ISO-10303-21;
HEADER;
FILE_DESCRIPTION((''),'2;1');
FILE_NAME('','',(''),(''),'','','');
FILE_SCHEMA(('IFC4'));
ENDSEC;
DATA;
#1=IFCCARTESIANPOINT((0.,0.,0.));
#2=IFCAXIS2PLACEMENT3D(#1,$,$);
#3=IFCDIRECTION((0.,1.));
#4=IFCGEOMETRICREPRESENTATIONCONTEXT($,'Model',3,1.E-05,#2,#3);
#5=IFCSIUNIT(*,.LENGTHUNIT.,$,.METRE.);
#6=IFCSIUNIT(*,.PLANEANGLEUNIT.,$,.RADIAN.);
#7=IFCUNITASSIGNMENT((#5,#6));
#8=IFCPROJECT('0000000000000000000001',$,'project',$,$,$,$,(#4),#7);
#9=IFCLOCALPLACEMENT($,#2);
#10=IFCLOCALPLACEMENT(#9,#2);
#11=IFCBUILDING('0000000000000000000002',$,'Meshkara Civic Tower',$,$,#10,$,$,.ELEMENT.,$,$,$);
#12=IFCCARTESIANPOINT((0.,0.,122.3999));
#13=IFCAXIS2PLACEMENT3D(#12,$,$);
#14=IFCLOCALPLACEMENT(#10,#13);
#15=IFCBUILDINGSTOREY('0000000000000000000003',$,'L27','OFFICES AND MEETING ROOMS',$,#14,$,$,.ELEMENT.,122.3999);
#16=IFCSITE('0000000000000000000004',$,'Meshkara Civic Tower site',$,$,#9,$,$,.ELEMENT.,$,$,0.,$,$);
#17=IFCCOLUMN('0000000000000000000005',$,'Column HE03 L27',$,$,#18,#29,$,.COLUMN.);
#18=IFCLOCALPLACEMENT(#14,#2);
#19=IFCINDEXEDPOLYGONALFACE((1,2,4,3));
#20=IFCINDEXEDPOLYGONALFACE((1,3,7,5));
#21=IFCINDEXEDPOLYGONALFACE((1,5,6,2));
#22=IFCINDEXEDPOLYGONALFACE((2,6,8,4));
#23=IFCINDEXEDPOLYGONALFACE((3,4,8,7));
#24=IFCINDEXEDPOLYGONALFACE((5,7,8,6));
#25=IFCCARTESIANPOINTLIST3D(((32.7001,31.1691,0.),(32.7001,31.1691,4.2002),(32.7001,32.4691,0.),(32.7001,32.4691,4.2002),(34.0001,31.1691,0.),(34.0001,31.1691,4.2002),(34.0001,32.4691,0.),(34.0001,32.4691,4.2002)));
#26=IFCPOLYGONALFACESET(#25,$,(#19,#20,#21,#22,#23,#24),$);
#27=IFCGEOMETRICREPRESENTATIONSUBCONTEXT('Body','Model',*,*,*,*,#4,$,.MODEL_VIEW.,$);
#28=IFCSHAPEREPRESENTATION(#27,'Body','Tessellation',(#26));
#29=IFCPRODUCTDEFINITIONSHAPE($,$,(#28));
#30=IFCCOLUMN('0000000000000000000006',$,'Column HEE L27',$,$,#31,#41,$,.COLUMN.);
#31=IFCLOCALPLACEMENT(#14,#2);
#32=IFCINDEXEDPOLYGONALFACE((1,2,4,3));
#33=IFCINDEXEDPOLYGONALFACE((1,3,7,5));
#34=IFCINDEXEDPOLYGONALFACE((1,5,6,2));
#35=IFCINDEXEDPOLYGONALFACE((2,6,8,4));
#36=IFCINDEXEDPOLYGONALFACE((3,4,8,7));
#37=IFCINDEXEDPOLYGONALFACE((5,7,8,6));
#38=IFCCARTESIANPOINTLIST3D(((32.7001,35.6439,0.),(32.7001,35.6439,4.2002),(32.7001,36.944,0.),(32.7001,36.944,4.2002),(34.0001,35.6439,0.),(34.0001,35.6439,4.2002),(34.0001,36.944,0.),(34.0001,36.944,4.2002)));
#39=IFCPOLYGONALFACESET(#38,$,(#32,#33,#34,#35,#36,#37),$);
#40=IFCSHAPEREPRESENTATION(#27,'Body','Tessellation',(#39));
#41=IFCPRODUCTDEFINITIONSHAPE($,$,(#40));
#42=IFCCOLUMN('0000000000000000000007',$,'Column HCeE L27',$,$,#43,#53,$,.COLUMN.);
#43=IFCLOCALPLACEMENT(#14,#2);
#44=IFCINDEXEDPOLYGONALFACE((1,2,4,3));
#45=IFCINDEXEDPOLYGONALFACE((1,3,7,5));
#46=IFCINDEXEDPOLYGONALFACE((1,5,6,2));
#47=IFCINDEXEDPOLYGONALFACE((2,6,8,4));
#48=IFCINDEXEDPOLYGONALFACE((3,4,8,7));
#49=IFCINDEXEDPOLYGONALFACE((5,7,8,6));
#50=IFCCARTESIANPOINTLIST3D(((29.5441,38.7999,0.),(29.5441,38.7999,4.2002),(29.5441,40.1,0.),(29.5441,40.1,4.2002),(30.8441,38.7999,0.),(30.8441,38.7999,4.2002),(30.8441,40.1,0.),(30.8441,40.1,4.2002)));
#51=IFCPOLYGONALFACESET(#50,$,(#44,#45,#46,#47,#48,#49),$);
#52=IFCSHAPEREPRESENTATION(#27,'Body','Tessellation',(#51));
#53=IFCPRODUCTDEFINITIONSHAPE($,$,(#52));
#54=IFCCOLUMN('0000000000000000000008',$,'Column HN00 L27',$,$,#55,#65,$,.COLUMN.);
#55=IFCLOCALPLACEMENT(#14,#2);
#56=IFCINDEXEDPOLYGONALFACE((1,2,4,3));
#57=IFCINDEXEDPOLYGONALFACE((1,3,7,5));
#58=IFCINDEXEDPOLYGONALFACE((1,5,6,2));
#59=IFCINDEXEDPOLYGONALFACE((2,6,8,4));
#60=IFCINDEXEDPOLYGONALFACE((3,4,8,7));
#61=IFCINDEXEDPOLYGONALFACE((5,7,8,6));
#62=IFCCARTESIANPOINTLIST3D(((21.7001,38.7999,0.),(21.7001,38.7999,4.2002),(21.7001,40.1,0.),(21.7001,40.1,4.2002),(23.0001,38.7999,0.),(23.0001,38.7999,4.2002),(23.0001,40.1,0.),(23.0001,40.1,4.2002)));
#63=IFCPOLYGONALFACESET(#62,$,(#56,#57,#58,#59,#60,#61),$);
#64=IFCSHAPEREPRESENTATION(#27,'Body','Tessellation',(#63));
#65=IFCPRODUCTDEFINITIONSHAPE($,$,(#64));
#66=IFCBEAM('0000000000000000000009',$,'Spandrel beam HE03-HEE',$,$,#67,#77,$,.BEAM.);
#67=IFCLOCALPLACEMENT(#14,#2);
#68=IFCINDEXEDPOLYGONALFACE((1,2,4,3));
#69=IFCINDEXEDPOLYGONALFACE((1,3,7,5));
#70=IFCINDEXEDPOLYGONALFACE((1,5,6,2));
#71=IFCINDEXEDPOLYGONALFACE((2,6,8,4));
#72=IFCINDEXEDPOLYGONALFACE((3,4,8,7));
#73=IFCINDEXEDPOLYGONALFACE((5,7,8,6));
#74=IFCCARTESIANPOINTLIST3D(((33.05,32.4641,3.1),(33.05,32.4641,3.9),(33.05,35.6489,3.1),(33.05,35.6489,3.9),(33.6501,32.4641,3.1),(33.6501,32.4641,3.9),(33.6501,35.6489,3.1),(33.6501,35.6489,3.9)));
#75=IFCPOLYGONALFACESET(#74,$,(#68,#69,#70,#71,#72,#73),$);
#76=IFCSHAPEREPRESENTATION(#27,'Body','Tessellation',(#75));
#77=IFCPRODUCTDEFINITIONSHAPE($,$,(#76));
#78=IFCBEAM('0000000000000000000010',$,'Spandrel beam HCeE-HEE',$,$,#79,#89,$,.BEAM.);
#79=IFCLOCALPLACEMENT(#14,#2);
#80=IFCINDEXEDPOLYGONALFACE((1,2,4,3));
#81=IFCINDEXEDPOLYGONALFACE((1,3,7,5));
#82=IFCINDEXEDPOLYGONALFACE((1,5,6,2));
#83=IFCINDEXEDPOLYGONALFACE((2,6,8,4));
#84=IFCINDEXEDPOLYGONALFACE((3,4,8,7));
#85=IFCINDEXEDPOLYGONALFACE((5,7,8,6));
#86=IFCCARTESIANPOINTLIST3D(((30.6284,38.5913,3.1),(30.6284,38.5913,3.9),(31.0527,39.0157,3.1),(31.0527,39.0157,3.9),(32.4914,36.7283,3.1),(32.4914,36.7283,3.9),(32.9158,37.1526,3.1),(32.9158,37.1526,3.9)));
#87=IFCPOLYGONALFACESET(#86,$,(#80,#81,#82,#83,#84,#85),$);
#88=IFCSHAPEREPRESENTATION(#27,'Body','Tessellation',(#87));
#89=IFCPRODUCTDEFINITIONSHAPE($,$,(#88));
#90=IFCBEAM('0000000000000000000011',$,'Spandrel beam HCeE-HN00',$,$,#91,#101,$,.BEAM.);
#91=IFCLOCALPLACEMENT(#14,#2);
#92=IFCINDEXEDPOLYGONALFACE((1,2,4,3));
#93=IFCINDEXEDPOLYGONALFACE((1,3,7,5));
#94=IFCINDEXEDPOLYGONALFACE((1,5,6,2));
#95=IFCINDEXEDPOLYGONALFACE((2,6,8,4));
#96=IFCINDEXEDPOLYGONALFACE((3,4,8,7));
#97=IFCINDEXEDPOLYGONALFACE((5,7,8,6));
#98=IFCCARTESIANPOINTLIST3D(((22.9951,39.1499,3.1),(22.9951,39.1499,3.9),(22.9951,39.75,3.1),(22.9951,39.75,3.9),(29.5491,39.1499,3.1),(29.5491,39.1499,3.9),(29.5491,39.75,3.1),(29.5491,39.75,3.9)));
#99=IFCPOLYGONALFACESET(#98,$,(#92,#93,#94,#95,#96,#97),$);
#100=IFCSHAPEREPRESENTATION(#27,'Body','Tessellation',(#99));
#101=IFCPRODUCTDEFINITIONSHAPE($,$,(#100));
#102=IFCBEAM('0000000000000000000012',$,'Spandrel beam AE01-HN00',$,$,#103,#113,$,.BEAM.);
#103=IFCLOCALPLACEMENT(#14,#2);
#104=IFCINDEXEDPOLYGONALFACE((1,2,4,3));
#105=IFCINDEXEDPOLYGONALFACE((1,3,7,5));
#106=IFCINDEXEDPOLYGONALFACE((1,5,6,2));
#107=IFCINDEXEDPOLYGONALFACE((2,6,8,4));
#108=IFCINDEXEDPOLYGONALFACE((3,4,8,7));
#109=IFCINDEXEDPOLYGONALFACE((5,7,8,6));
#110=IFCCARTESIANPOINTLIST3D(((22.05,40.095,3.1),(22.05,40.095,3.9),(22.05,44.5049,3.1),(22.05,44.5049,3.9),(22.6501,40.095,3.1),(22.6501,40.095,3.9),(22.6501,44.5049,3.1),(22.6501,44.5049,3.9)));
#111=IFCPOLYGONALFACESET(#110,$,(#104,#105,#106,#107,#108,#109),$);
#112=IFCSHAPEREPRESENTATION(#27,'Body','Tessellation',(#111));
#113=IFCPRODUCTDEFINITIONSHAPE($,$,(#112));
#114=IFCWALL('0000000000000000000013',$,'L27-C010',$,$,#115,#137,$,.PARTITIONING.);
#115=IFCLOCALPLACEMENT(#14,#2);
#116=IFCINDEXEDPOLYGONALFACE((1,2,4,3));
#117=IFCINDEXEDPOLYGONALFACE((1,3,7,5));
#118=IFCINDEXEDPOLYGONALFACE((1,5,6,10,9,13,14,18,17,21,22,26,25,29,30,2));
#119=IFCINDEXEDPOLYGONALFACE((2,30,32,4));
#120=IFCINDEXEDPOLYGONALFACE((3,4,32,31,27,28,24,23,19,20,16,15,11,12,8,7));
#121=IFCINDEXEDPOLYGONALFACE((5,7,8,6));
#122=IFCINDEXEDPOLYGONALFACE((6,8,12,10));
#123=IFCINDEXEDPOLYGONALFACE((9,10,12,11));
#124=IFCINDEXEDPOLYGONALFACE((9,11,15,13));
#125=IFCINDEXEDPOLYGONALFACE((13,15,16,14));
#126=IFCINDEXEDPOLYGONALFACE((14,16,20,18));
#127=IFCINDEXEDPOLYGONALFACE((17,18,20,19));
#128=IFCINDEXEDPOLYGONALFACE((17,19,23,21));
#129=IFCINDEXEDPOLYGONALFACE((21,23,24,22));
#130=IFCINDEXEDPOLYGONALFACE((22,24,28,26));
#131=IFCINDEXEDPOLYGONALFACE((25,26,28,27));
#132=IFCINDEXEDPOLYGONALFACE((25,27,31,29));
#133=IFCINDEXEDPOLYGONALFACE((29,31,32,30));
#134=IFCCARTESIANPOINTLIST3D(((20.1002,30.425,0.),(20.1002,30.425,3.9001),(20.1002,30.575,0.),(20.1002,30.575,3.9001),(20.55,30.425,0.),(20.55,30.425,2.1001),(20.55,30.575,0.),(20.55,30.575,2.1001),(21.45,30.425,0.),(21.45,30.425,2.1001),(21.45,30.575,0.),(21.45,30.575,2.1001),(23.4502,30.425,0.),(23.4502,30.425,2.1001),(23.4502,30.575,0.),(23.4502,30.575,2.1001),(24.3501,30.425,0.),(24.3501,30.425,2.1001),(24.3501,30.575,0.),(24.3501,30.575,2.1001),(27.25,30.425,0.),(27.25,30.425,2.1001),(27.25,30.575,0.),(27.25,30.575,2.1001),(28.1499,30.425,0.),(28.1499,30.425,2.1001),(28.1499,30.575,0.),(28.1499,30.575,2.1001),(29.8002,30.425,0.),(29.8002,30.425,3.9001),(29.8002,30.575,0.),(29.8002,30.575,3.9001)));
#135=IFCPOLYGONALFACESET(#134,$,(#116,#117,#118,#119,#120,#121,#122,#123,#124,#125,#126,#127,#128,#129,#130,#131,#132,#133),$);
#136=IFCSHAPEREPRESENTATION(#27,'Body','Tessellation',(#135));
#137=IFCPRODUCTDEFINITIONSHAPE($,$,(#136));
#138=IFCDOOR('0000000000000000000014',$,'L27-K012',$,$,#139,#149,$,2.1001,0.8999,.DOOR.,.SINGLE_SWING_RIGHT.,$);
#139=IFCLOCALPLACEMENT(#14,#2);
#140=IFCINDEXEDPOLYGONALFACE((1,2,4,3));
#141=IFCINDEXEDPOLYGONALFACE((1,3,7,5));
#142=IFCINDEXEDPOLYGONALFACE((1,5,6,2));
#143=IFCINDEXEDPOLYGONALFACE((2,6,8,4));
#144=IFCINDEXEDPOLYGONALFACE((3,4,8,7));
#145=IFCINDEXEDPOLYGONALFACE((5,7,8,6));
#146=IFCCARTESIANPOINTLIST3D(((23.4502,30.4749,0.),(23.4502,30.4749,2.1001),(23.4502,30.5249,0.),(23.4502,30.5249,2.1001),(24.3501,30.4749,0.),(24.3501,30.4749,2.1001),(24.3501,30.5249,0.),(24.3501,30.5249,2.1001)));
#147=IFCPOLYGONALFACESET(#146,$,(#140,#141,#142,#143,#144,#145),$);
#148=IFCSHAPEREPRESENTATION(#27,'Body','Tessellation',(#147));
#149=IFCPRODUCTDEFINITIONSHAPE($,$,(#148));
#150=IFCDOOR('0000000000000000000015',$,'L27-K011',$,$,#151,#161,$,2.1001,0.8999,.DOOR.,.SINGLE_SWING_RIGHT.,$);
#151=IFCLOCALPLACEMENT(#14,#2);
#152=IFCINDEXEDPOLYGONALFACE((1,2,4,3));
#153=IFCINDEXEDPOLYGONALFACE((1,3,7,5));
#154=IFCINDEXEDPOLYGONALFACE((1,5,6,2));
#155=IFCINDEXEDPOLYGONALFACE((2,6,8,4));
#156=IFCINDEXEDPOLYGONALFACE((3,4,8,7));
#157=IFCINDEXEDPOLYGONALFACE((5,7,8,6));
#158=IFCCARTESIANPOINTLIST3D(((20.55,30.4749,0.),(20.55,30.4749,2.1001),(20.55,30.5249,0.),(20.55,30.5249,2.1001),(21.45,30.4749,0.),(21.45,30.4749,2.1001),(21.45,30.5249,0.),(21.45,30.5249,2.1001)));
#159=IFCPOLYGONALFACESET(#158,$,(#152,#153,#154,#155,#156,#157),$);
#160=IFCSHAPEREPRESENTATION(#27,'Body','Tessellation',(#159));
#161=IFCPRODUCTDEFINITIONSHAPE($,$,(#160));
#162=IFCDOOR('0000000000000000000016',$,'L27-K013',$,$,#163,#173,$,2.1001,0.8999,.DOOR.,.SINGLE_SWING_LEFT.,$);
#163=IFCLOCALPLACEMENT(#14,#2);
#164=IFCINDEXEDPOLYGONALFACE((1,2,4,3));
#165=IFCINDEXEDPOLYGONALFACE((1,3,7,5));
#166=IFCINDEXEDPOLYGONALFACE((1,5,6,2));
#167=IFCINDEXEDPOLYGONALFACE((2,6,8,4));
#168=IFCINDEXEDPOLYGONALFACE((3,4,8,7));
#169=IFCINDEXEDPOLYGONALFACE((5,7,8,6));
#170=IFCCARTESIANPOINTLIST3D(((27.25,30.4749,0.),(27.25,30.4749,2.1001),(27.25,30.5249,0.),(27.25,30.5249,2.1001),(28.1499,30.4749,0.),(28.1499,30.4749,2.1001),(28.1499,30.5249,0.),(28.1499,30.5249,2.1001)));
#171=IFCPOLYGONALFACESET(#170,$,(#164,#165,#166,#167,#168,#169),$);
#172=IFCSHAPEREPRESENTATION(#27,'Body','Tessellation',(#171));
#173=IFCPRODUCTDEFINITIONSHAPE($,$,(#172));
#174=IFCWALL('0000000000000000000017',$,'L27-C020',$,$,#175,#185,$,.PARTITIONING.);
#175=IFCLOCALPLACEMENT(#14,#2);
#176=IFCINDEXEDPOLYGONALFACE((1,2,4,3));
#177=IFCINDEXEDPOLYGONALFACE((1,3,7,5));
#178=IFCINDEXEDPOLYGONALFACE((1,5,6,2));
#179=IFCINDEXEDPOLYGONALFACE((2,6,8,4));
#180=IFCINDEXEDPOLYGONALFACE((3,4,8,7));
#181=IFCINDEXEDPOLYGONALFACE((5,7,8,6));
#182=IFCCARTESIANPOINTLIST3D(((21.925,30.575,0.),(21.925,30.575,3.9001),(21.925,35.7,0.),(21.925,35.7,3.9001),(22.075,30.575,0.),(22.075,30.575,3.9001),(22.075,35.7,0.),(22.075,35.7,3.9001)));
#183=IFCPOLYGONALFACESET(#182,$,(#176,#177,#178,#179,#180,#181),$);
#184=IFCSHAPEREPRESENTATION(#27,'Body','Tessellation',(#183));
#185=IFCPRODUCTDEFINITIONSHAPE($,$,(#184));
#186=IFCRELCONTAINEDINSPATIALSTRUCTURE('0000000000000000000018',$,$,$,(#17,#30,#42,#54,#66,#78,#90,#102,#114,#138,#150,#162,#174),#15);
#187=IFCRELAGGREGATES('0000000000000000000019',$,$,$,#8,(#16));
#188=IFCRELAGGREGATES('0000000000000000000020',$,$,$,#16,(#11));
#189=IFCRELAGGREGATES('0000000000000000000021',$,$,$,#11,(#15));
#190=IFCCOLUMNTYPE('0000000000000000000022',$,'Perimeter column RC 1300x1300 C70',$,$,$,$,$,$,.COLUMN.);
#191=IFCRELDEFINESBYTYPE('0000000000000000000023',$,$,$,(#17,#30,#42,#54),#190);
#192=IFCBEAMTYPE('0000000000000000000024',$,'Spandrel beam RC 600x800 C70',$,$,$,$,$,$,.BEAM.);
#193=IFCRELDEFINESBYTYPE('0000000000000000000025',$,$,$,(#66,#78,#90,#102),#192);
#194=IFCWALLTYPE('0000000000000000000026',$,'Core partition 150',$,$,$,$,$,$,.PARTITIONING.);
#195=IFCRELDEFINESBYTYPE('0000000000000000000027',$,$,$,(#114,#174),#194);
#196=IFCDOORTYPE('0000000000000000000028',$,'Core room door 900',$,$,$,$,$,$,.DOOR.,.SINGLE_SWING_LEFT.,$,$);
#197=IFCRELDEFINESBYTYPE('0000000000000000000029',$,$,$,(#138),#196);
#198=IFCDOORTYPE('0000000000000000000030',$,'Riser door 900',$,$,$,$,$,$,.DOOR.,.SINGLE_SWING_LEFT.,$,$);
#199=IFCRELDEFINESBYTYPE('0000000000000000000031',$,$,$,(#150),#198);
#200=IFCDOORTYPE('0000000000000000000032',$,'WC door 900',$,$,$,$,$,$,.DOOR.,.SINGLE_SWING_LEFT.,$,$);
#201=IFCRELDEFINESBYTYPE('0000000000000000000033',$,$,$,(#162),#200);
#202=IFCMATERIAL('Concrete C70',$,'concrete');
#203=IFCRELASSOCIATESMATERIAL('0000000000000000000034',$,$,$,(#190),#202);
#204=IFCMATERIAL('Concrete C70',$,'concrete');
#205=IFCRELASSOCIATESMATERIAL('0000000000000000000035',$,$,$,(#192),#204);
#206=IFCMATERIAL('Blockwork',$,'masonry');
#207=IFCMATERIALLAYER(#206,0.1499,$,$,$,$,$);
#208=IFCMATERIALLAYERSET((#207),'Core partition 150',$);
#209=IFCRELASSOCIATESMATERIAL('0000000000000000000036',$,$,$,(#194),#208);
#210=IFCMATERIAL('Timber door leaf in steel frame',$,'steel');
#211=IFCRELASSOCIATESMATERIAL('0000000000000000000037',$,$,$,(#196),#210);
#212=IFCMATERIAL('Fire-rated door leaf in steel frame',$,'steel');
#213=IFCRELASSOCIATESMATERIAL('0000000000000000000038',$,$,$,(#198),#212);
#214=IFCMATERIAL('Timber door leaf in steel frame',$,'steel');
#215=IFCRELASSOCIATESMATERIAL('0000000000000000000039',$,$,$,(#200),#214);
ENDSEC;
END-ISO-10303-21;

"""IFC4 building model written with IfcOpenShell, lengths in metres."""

from ifc_helpers import new_model, si_unit, direction, frame, frame_2d, origin, origin_2d, place, context, subcontext, project, spatial, rectangle, extrude, material, layer, layer_set, material_profile, profile_set, type_object, element, fill, save


model = new_model("IFC4")

# Units and contexts
model_context = context("Model", 3, precision=1e-05, world=origin(), true_north=direction((0.0, 1.0)))
body_context = subcontext(model_context, "Body", "Model", "MODEL_VIEW")
ifc_project = project(units=[si_unit("LENGTHUNIT", "METRE"), si_unit("PLANEANGLEUNIT", "RADIAN")], contexts=[model_context])

# Site, building, storey
site_placement = place(None, origin())
site = spatial("IfcSite", under=ifc_project, at=site_placement, Name="Meshkara Civic Tower site", CompositionType="ELEMENT", RefElevation=0.0)
building_placement = place(site_placement, origin())
building = spatial("IfcBuilding", under=site, at=building_placement, Name="Meshkara Civic Tower", CompositionType="ELEMENT")
storey_placement = place(building_placement, frame((0.0, 0.0, 122.3999)))
storey = spatial("IfcBuildingStorey", under=building, at=storey_placement, Name="L27", Description="OFFICES AND MEETING ROOMS", CompositionType="ELEMENT", Elevation=122.3999)

# Columns
ifc_material_1 = material(Name="Concrete C70", Category="concrete")
ifc_material_profile_1 = material_profile(ifc_material_1, rectangle(XDim=1.3, YDim=1.3, at=origin_2d()))
ifc_profile_set_1 = profile_set([ifc_material_profile_1], Name="Concrete C70")
column_type = type_object("IfcColumnType", Name="Perimeter column RC 1300x1300 C70", PredefinedType="COLUMN", material=ifc_profile_set_1)
for number, where, z_axis, x_axis, name in (
    (1, (33.3501, 31.8191, 0.0), (0.0, 0.0, 1.0), (1.0, 0.0, 0.0), "Column HE03 L27"),
    (2, (33.3501, 36.2939, 0.0), (0.0, 0.0, 1.0), (1.0, 0.0, 0.0), "Column HEE L27"),
    (3, (30.1941, 39.45, 0.0), (0.0, 0.0, 1.0), (1.0, 0.0, 0.0), "Column HCeE L27"),
    (4, (22.3501, 39.45, 0.0), (0.0, 0.0, 1.0), (1.0, 0.0, 0.0), "Column HN00 L27"),
):
    element("IfcColumn", number, at=place(storey_placement, frame(where, z_axis=z_axis, x_axis=x_axis)), inside=storey, type_object=column_type, Name=name, PredefinedType="COLUMN", context=body_context, shape_type="SweptSolid", body=[
        extrude(rectangle(XDim=1.3, YDim=1.3, at=origin_2d()), origin(), (0.0, 0.0, 1.0), 4.2002),
    ])

# Beams
ifc_material_2 = material(Name="Concrete C70", Category="concrete")
ifc_material_profile_2 = material_profile(ifc_material_2, rectangle(XDim=0.6001, YDim=0.8, at=origin_2d()))
ifc_profile_set_2 = profile_set([ifc_material_profile_2], Name="Concrete C70")
beam_type = type_object("IfcBeamType", Name="Spandrel beam RC 600x800 C70", PredefinedType="BEAM", material=ifc_profile_set_2)
beam_1_placement = place(storey_placement, frame((33.3501, 32.4641, 3.5), z_axis=(0.0, 1.0, 0.0), x_axis=(-1.0, 0.0, 0.0)))
element("IfcBeam", 5, at=beam_1_placement, inside=storey, type_object=beam_type, Name="Spandrel beam HE03-HEE", PredefinedType="BEAM", context=body_context, shape_type="SweptSolid", body=[
    extrude(rectangle(XDim=0.6001, YDim=0.8, at=origin_2d()), origin(), (0.0, 0.0, 1.0), 3.1848),
])
beam_2_placement = place(storey_placement, frame((32.7036, 36.9404, 3.5), z_axis=(-0.707107, 0.707107, 0.0), x_axis=(-0.707107, -0.707107, 0.0)))
element("IfcBeam", 6, at=beam_2_placement, inside=storey, type_object=beam_type, Name="Spandrel beam HCeE-HEE", PredefinedType="BEAM", context=body_context, shape_type="SweptSolid", body=[
    extrude(rectangle(XDim=0.6001, YDim=0.8, at=origin_2d()), origin(), (0.0, 0.0, 1.0), 2.6348),
])
beam_3_placement = place(storey_placement, frame((29.5491, 39.45, 3.5), z_axis=(-1.0, 0.0, 0.0), x_axis=(0.0, -1.0, 0.0)))
element("IfcBeam", 7, at=beam_3_placement, inside=storey, type_object=beam_type, Name="Spandrel beam HCeE-HN00", PredefinedType="BEAM", context=body_context, shape_type="SweptSolid", body=[
    extrude(rectangle(XDim=0.6001, YDim=0.8, at=origin_2d()), origin(), (0.0, 0.0, 1.0), 6.554),
])
beam_4_placement = place(storey_placement, frame((22.3501, 40.095, 3.5), z_axis=(0.0, 1.0, 0.0), x_axis=(-1.0, 0.0, 0.0)))
element("IfcBeam", 8, at=beam_4_placement, inside=storey, type_object=beam_type, Name="Spandrel beam AE01-HN00", PredefinedType="BEAM", context=body_context, shape_type="SweptSolid", body=[
    extrude(rectangle(XDim=0.6001, YDim=0.8, at=origin_2d()), origin(), (0.0, 0.0, 1.0), 4.4099),
])

# Wall, openings, doors
ifc_material_3 = material(Name="Blockwork", Category="masonry")
ifc_layer_1 = layer(ifc_material_3, 0.1499)
ifc_layer_set_1 = layer_set([ifc_layer_1], Name="Core partition 150")
wall_type_1 = type_object("IfcWallType", Name="Core partition 150", PredefinedType="PARTITIONING", material=ifc_layer_set_1)
wall_1_placement = place(storey_placement, frame((20.1001, 30.5, 0.0), z_axis=(0.0, 0.0, 1.0), x_axis=(1.0, 0.0, 0.0)))
wall_1 = element("IfcWall", 9, at=wall_1_placement, inside=storey, type_object=wall_type_1, Name="L27-C010", PredefinedType="PARTITIONING", context=body_context, shape_type="SweptSolid", body=[
    extrude(rectangle(XDim=9.7, YDim=0.1499, at=frame_2d((4.8501, 0.0))), origin(), (0.0, 0.0, 1.0), 3.9001),
])
opening_1_placement = place(wall_1_placement, frame((0.45, 0.0, 0.0)))
opening_1 = element("IfcOpeningElement", 10, at=opening_1_placement, cuts=wall_1, PredefinedType="OPENING", context=body_context, shape_type="SweptSolid", body=[
    extrude(rectangle(XDim=0.8999, YDim=2.1001, at=frame_2d((0.45, 1.05))), frame((0.0, 0.085, 0.0), z_axis=(0.0, -1.0, 0.0), x_axis=(1.0, 0.0, 0.0)), (0.0, 0.0, 1.0), 0.1699),
])
opening_2_placement = place(wall_1_placement, frame((3.3501, 0.0, 0.0)))
opening_2 = element("IfcOpeningElement", 11, at=opening_2_placement, cuts=wall_1, PredefinedType="OPENING", context=body_context, shape_type="SweptSolid", body=[
    extrude(rectangle(XDim=0.8999, YDim=2.1001, at=frame_2d((0.45, 1.05))), frame((0.0, 0.085, 0.0), z_axis=(0.0, -1.0, 0.0), x_axis=(1.0, 0.0, 0.0)), (0.0, 0.0, 1.0), 0.1699),
])
opening_3_placement = place(wall_1_placement, frame((7.1499, 0.0, 0.0)))
opening_3 = element("IfcOpeningElement", 12, at=opening_3_placement, cuts=wall_1, PredefinedType="OPENING", context=body_context, shape_type="SweptSolid", body=[
    extrude(rectangle(XDim=0.8999, YDim=2.1001, at=frame_2d((0.45, 1.05))), frame((0.0, 0.085, 0.0), z_axis=(0.0, -1.0, 0.0), x_axis=(1.0, 0.0, 0.0)), (0.0, 0.0, 1.0), 0.1699),
])
ifc_material_4 = material(Name="Timber door leaf in steel frame", Category="steel")
door_type_1 = type_object("IfcDoorType", Name="Core room door 900", OperationType="SINGLE_SWING_LEFT", PredefinedType="DOOR", material=ifc_material_4)
door_1_placement = place(opening_2_placement, origin())
door_1 = element("IfcDoor", 13, at=door_1_placement, inside=storey, type_object=door_type_1, Name="L27-K012", OperationType="SINGLE_SWING_RIGHT", OverallHeight=2.1001, OverallWidth=0.8999, PredefinedType="DOOR", context=body_context, shape_type="SweptSolid", body=[
    extrude(rectangle(XDim=0.8999, YDim=2.1001, at=frame_2d((0.45, 1.05))), frame((0.0, 0.0249, 0.0), z_axis=(0.0, -1.0, 0.0), x_axis=(1.0, 0.0, 0.0)), (0.0, 0.0, 1.0), 0.05),
])
fill(opening_2, door_1)
ifc_material_5 = material(Name="Fire-rated door leaf in steel frame", Category="steel")
door_type_2 = type_object("IfcDoorType", Name="Riser door 900", OperationType="SINGLE_SWING_LEFT", PredefinedType="DOOR", material=ifc_material_5)
door_2_placement = place(opening_1_placement, origin())
door_2 = element("IfcDoor", 14, at=door_2_placement, inside=storey, type_object=door_type_2, Name="L27-K011", OperationType="SINGLE_SWING_RIGHT", OverallHeight=2.1001, OverallWidth=0.8999, PredefinedType="DOOR", context=body_context, shape_type="SweptSolid", body=[
    extrude(rectangle(XDim=0.8999, YDim=2.1001, at=frame_2d((0.45, 1.05))), frame((0.0, 0.0249, 0.0), z_axis=(0.0, -1.0, 0.0), x_axis=(1.0, 0.0, 0.0)), (0.0, 0.0, 1.0), 0.05),
])
fill(opening_1, door_2)
ifc_material_6 = material(Name="Timber door leaf in steel frame", Category="steel")
door_type_3 = type_object("IfcDoorType", Name="WC door 900", OperationType="SINGLE_SWING_LEFT", PredefinedType="DOOR", material=ifc_material_6)
door_3_placement = place(opening_3_placement, origin())
door_3 = element("IfcDoor", 15, at=door_3_placement, inside=storey, type_object=door_type_3, Name="L27-K013", OperationType="SINGLE_SWING_LEFT", OverallHeight=2.1001, OverallWidth=0.8999, PredefinedType="DOOR", context=body_context, shape_type="SweptSolid", body=[
    extrude(rectangle(XDim=0.8999, YDim=2.1001, at=frame_2d((0.45, 1.05))), frame((0.0, 0.0249, 0.0), z_axis=(0.0, -1.0, 0.0), x_axis=(1.0, 0.0, 0.0)), (0.0, 0.0, 1.0), 0.05),
])
fill(opening_3, door_3)

# Wall
for number, where, z_axis, x_axis, name in (
    (16, (22.0, 30.575, 0.0), (0.0, 0.0, 1.0), (0.0, 1.0, 0.0), "L27-C020"),
):
    element("IfcWall", number, at=place(storey_placement, frame(where, z_axis=z_axis, x_axis=x_axis)), inside=storey, type_object=wall_type_1, Name=name, PredefinedType="PARTITIONING", context=body_context, shape_type="SweptSolid", body=[
        extrude(rectangle(XDim=5.125, YDim=0.1499, at=frame_2d((2.5625, 0.0))), origin(), (0.0, 0.0, 1.0), 3.9001),
    ])

save(model, "model.ifc")
